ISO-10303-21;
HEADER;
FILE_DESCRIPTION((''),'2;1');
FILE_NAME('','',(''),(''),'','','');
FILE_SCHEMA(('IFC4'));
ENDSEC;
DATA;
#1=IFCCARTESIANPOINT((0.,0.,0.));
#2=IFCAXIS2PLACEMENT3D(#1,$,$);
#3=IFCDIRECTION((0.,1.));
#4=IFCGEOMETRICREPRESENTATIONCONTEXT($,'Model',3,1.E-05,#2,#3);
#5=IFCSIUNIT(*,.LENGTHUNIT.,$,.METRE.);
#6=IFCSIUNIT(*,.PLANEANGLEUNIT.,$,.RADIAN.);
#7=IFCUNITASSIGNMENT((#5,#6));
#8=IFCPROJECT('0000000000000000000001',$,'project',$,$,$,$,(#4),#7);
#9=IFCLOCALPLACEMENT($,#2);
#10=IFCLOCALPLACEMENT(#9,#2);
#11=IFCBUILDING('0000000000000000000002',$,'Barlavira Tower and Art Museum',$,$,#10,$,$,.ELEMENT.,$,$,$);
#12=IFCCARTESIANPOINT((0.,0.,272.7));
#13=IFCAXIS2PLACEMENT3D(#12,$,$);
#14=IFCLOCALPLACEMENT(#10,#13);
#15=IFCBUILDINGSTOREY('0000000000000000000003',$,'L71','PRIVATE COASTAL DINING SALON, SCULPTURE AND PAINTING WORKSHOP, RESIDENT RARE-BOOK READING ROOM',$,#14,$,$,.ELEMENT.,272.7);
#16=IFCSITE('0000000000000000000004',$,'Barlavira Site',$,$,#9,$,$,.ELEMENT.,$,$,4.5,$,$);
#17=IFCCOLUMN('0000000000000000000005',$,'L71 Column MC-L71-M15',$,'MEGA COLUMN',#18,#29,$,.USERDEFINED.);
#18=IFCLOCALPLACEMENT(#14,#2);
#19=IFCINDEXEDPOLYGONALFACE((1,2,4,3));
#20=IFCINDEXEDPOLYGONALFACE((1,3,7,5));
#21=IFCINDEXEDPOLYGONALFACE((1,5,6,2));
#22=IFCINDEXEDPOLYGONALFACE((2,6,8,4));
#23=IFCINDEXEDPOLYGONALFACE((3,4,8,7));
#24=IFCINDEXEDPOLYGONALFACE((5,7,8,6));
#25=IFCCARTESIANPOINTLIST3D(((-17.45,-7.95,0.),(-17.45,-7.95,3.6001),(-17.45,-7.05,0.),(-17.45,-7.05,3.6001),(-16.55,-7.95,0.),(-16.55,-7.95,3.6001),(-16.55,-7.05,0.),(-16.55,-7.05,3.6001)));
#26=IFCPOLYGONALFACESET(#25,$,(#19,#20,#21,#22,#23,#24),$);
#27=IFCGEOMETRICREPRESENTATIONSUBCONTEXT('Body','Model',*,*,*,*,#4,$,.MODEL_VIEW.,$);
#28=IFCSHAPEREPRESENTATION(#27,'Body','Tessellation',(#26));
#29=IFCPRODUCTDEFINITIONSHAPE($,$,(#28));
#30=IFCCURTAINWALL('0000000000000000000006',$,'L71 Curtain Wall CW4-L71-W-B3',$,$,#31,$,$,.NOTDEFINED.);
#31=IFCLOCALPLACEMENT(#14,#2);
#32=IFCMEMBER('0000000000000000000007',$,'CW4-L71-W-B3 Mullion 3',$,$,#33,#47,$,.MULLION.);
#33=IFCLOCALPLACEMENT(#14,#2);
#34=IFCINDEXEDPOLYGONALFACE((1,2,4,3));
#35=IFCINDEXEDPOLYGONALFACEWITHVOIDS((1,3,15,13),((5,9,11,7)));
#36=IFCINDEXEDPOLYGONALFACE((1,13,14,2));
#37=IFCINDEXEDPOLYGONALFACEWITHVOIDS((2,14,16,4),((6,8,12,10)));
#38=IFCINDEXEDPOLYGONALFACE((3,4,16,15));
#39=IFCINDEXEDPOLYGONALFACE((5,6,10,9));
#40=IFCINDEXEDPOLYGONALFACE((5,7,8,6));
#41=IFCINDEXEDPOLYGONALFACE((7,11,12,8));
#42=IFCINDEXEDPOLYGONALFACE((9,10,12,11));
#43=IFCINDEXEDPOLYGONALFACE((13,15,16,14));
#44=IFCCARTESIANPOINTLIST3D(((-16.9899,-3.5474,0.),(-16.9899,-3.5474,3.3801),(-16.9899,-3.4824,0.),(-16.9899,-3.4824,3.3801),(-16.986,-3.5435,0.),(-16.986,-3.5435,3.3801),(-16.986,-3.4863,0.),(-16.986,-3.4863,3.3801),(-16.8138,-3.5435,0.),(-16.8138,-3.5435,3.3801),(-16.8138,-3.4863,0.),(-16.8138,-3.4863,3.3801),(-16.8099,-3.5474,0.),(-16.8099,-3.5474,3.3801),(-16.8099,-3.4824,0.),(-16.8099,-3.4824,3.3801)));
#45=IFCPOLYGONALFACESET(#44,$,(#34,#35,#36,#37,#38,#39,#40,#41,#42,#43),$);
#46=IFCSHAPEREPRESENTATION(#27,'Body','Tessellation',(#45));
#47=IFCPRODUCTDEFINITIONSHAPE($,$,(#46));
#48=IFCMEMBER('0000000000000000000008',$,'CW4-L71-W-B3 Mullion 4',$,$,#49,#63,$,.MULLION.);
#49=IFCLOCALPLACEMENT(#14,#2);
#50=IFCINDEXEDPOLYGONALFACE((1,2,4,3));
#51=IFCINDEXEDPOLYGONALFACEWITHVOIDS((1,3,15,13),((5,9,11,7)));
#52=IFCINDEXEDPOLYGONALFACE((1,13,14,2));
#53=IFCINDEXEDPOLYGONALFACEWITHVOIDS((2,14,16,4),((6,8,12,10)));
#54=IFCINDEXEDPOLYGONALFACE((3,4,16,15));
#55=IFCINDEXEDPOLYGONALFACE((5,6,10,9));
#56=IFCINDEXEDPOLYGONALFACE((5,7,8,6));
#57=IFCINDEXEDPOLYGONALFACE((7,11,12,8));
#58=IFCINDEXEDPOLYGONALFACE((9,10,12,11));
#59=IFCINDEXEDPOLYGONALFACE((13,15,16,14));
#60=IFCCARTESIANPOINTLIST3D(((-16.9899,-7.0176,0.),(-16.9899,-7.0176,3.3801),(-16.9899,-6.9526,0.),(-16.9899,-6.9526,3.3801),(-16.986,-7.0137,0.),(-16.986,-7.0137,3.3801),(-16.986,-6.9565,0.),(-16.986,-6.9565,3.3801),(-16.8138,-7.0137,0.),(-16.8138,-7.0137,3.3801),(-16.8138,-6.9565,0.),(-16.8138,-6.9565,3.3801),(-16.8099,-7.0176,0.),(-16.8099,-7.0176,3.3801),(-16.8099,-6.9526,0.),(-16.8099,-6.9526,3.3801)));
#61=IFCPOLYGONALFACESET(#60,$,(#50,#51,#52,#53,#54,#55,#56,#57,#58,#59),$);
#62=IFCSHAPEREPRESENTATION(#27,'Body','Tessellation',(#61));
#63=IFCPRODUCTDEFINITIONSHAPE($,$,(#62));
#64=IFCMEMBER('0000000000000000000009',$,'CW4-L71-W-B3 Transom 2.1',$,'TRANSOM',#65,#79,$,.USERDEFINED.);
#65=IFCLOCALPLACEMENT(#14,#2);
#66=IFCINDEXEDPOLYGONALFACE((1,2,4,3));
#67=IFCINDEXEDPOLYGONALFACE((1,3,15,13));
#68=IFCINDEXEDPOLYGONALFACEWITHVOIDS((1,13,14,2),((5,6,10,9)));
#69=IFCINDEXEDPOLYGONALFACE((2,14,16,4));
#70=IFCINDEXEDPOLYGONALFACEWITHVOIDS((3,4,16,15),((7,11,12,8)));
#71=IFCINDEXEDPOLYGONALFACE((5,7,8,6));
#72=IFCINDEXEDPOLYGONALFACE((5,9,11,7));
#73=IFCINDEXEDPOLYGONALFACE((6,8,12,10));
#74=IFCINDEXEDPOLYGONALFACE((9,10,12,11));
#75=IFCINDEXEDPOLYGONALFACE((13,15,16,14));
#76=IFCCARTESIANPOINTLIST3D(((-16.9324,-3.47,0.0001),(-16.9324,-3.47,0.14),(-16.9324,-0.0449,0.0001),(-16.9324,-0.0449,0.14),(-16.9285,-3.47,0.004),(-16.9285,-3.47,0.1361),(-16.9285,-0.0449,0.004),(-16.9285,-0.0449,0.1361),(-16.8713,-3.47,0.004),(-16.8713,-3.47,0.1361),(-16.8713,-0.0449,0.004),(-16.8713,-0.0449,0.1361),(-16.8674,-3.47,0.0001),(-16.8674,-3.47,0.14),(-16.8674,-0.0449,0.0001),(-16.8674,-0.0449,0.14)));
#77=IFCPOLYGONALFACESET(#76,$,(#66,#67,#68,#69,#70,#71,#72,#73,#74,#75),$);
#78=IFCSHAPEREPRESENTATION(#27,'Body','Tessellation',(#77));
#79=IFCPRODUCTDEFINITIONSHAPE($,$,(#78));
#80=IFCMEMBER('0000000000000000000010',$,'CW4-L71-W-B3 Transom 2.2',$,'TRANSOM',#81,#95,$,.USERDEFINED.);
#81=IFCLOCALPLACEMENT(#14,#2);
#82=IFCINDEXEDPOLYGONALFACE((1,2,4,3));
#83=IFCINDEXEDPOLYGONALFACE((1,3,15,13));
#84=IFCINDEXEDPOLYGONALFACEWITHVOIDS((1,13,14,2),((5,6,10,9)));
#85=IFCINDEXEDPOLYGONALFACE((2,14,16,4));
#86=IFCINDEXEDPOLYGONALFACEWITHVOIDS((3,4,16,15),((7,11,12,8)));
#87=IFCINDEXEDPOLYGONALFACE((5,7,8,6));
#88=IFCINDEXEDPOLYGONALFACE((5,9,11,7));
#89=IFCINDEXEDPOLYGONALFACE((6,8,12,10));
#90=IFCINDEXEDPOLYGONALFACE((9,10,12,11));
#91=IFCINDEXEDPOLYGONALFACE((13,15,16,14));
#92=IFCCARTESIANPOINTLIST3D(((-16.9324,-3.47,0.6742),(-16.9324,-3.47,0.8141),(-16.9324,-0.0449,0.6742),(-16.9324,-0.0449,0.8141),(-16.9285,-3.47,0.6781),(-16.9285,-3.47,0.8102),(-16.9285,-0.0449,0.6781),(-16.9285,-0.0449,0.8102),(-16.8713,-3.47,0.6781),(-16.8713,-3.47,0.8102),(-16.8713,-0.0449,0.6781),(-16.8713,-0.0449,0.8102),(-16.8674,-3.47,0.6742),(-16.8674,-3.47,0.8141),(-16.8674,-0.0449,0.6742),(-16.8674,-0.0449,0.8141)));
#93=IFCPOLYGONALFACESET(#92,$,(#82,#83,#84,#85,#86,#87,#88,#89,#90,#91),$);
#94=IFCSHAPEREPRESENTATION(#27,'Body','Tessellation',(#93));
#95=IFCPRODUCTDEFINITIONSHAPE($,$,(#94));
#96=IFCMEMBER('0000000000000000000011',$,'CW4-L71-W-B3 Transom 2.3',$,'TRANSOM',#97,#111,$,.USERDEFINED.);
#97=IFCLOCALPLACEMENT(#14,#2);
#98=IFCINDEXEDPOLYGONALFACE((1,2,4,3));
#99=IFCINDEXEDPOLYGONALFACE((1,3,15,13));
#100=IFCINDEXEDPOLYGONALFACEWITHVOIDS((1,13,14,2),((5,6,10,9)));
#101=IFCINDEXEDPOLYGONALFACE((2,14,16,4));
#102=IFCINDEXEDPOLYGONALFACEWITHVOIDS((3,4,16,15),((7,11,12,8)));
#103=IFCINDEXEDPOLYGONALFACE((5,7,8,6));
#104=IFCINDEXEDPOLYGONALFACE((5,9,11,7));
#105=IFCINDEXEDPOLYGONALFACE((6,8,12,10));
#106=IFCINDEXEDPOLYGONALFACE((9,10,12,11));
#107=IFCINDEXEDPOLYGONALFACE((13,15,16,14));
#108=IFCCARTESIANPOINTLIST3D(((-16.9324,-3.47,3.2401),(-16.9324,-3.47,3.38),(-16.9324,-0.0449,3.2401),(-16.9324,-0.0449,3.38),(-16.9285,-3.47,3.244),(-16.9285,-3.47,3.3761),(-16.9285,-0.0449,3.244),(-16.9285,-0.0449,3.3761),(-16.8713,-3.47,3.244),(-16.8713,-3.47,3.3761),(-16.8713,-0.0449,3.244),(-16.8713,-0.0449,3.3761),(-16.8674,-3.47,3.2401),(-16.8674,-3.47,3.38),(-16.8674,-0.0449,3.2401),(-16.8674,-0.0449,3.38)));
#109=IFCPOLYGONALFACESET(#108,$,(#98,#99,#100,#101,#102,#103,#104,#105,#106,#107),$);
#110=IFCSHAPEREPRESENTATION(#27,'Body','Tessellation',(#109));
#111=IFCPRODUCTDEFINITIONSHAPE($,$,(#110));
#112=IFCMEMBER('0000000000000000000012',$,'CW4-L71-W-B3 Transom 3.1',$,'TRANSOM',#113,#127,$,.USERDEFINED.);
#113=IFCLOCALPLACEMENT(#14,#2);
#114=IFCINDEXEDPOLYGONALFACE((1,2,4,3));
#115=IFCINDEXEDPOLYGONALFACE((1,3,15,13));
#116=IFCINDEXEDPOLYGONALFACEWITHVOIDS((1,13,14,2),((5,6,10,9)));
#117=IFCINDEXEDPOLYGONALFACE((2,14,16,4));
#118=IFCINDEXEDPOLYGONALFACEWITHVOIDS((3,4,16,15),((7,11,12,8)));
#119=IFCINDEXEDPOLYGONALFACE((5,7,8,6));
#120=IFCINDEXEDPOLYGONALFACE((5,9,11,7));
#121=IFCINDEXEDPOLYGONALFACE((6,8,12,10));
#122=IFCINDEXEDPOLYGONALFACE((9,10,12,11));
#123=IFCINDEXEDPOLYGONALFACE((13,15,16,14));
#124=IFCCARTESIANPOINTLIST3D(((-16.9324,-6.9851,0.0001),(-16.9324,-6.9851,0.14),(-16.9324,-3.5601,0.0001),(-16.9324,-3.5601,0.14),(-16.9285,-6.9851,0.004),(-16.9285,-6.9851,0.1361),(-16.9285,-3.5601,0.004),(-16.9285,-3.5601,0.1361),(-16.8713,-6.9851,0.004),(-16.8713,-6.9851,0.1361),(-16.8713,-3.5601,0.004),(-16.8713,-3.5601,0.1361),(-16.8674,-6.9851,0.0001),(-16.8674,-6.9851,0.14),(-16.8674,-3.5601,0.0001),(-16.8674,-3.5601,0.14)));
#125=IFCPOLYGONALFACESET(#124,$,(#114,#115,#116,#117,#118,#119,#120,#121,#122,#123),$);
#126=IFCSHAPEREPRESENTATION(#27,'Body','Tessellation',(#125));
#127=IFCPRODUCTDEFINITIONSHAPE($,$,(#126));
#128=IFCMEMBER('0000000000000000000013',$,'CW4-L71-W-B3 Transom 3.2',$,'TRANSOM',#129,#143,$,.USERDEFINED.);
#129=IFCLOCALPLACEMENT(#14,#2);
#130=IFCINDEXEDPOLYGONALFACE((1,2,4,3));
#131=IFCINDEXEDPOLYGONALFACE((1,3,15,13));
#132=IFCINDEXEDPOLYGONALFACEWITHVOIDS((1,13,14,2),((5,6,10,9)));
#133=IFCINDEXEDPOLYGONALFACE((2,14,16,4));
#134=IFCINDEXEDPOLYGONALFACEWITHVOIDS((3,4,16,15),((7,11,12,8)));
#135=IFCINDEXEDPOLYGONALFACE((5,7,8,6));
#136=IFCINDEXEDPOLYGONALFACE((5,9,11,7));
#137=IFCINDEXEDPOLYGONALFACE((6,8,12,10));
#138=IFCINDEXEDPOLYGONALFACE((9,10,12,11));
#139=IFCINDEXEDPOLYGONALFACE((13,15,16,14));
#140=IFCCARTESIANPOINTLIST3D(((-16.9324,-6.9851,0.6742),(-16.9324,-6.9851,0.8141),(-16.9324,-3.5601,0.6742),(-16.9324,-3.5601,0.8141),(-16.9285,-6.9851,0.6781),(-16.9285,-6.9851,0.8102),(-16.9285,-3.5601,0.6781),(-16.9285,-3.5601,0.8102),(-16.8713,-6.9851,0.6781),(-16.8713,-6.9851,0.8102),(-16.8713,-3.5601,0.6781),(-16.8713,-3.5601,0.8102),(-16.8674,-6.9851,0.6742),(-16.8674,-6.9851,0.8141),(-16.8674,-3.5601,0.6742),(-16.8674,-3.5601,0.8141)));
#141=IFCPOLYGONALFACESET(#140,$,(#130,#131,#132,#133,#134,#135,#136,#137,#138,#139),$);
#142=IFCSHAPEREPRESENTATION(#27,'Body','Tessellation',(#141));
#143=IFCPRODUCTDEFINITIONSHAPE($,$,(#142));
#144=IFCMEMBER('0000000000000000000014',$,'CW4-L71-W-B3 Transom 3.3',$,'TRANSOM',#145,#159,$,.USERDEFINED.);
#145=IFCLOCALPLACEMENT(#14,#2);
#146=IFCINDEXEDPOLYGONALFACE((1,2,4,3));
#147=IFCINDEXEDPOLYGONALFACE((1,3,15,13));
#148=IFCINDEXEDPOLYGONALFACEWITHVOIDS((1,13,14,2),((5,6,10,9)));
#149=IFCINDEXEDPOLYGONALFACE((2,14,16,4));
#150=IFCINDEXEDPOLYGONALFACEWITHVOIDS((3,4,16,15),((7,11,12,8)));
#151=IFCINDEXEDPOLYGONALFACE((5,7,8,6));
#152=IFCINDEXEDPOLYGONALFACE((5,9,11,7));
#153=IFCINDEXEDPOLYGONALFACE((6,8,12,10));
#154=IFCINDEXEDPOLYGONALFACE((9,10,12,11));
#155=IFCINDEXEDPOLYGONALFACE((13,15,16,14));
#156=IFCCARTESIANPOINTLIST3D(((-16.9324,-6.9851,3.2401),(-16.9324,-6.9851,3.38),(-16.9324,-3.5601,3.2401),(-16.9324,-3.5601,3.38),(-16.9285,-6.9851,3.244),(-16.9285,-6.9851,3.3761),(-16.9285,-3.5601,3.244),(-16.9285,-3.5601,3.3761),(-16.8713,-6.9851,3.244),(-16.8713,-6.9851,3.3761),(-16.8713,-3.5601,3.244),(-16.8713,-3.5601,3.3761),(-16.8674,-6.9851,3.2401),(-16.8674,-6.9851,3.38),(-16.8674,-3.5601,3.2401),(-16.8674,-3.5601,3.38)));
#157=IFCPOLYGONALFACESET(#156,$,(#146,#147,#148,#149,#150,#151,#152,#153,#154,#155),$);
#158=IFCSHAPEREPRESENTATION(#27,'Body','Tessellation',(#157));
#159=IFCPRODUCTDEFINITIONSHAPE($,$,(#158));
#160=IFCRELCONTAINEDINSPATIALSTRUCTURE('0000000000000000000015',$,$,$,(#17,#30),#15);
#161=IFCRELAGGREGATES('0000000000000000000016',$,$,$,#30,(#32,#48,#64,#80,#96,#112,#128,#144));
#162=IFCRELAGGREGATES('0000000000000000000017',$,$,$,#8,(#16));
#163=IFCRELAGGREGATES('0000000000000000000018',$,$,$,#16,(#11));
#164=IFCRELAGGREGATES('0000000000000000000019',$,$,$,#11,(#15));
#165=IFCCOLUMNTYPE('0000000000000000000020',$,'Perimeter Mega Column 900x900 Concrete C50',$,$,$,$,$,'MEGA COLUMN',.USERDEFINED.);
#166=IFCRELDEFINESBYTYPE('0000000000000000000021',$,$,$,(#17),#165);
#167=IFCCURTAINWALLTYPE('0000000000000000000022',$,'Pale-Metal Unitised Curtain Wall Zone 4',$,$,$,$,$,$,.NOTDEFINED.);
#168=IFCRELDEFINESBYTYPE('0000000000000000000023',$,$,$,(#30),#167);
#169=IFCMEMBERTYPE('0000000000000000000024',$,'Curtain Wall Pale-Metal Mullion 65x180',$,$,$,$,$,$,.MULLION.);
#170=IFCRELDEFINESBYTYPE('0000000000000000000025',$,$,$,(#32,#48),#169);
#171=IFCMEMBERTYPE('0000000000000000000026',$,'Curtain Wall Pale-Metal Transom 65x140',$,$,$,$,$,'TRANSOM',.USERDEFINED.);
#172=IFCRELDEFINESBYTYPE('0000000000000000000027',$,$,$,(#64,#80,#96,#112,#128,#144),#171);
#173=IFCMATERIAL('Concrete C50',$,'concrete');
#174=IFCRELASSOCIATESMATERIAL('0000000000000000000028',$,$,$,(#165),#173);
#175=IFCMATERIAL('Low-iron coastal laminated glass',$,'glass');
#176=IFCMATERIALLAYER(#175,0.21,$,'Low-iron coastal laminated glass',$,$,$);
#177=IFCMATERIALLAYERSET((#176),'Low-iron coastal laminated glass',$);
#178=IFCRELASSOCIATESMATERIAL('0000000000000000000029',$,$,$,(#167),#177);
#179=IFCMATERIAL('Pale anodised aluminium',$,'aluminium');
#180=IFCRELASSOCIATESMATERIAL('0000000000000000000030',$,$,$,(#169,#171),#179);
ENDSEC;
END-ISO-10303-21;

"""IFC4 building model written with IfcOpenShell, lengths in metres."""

from ifc_helpers import new_model, si_unit, direction, frame, origin, origin_2d, place, context, subcontext, project, spatial, rectangle, hollow_rectangle, extrude, material, layer, layer_set, material_profile, profile_set, type_object, element, aggregate, save


model = new_model("IFC4")

# Units and contexts
model_context = context("Model", 3, precision=1e-05, world=origin(), true_north=direction((0.0, 1.0)))
body_context = subcontext(model_context, "Body", "Model", "MODEL_VIEW")
ifc_project = project(units=[si_unit("LENGTHUNIT", "METRE"), si_unit("PLANEANGLEUNIT", "RADIAN")], contexts=[model_context])

# Site, building, storey
site_placement = place(None, origin())
site = spatial("IfcSite", under=ifc_project, at=site_placement, Name="Barlavira Site", CompositionType="ELEMENT", RefElevation=4.5)
building_placement = place(site_placement, origin())
building = spatial("IfcBuilding", under=site, at=building_placement, Name="Barlavira Tower and Art Museum", CompositionType="ELEMENT")
storey_placement = place(building_placement, frame((0.0, 0.0, 272.7)))
storey = spatial("IfcBuildingStorey", under=building, at=storey_placement, Name="L71", Description="PRIVATE COASTAL DINING SALON, SCULPTURE AND PAINTING WORKSHOP, RESIDENT RARE-BOOK READING ROOM", CompositionType="ELEMENT", Elevation=272.7)

# Column
ifc_material_1 = material(Name="Concrete C50", Category="concrete")
ifc_material_profile_1 = material_profile(ifc_material_1, rectangle(XDim=0.8999, YDim=0.8999, at=origin_2d()), Name="RC-COL 900x900")
ifc_profile_set_1 = profile_set([ifc_material_profile_1], Name="Concrete C50")
column_type = type_object("IfcColumnType", Name="Perimeter Mega Column 900x900 Concrete C50", ElementType="MEGA COLUMN", PredefinedType="USERDEFINED", material=ifc_profile_set_1)
column_placement = place(storey_placement, frame((-17.0, -7.5, 0.0), z_axis=(0.0, 0.0, 1.0), x_axis=(1.0, 0.0, 0.0)))
element("IfcColumn", 1, at=column_placement, inside=storey, type_object=column_type, Name="L71 Column MC-L71-M15", ObjectType="MEGA COLUMN", PredefinedType="USERDEFINED", context=body_context, shape_type="SweptSolid", body=[
    extrude(rectangle(XDim=0.8999, YDim=0.8999, at=origin_2d()), origin(), (0.0, 0.0, 1.0), 3.6001),
])

# Curtain wall, members
ifc_material_2 = material(Name="Low-iron coastal laminated glass", Category="glass")
ifc_layer_1 = layer(ifc_material_2, 0.21, Name="Low-iron coastal laminated glass")
ifc_layer_set_1 = layer_set([ifc_layer_1], Name="Low-iron coastal laminated glass")
curtain_wall_type = type_object("IfcCurtainWallType", Name="Pale-Metal Unitised Curtain Wall Zone 4", PredefinedType="NOTDEFINED", material=ifc_layer_set_1)
curtain_wall_placement = place(storey_placement, origin())
curtain_wall = element("IfcCurtainWall", 2, at=curtain_wall_placement, inside=storey, type_object=curtain_wall_type, Name="L71 Curtain Wall CW4-L71-W-B3", PredefinedType="NOTDEFINED")
ifc_material_3 = material(Name="Pale anodised aluminium", Category="aluminium")
ifc_material_profile_2 = material_profile(ifc_material_3, hollow_rectangle(XDim=0.0649, YDim=0.1799, WallThickness=0.0039, at=origin_2d()), Name="ALU-MULL 65x180x4")
ifc_profile_set_2 = profile_set([ifc_material_profile_2], Name="Pale anodised aluminium")
member_type_1 = type_object("IfcMemberType", Name="Curtain Wall Pale-Metal Mullion 65x180", PredefinedType="MULLION", material=ifc_profile_set_2)
member_1_placement = place(storey_placement, frame((-16.8999, -3.5149, 0.0), z_axis=(0.0, 0.0, 1.0), x_axis=(0.0, -1.0, 0.0)))
member_1 = element("IfcMember", 3, at=member_1_placement, type_object=member_type_1, Name="CW4-L71-W-B3 Mullion 3", PredefinedType="MULLION", context=body_context, shape_type="SweptSolid", body=[
    extrude(hollow_rectangle(XDim=0.0649, YDim=0.1799, WallThickness=0.0039, at=origin_2d()), origin(), (0.0, 0.0, 1.0), 3.3801),
])
member_2_placement = place(storey_placement, frame((-16.8999, -6.9851, 0.0), z_axis=(0.0, 0.0, 1.0), x_axis=(0.0, -1.0, 0.0)))
member_2 = element("IfcMember", 4, at=member_2_placement, type_object=member_type_1, Name="CW4-L71-W-B3 Mullion 4", PredefinedType="MULLION", context=body_context, shape_type="SweptSolid", body=[
    extrude(hollow_rectangle(XDim=0.0649, YDim=0.1799, WallThickness=0.0039, at=origin_2d()), origin(), (0.0, 0.0, 1.0), 3.3801),
])
ifc_material_profile_3 = material_profile(ifc_material_3, hollow_rectangle(XDim=0.0649, YDim=0.1399, WallThickness=0.0039, at=origin_2d()), Name="ALU-TRAN 65x140x4")
ifc_profile_set_3 = profile_set([ifc_material_profile_3], Name="Pale anodised aluminium")
member_type_2 = type_object("IfcMemberType", Name="Curtain Wall Pale-Metal Transom 65x140", ElementType="TRANSOM", PredefinedType="USERDEFINED", material=ifc_profile_set_3)
member_3_placement = place(storey_placement, frame((-16.8999, -0.0449, 0.0701), z_axis=(0.0, -1.0, 0.0), x_axis=(1.0, 0.0, 0.0)))
member_3 = element("IfcMember", 5, at=member_3_placement, type_object=member_type_2, Name="CW4-L71-W-B3 Transom 2.1", ObjectType="TRANSOM", PredefinedType="USERDEFINED", context=body_context, shape_type="SweptSolid", body=[
    extrude(hollow_rectangle(XDim=0.0649, YDim=0.1399, WallThickness=0.0039, at=origin_2d()), origin(), (0.0, 0.0, 1.0), 3.425),
])
member_4_placement = place(storey_placement, frame((-16.8999, -0.0449, 0.7441), z_axis=(0.0, -1.0, 0.0), x_axis=(1.0, 0.0, 0.0)))
member_4 = element("IfcMember", 6, at=member_4_placement, type_object=member_type_2, Name="CW4-L71-W-B3 Transom 2.2", ObjectType="TRANSOM", PredefinedType="USERDEFINED", context=body_context, shape_type="SweptSolid", body=[
    extrude(hollow_rectangle(XDim=0.0649, YDim=0.1399, WallThickness=0.0039, at=origin_2d()), origin(), (0.0, 0.0, 1.0), 3.425),
])
member_5_placement = place(storey_placement, frame((-16.8999, -0.0449, 3.3101), z_axis=(0.0, -1.0, 0.0), x_axis=(1.0, 0.0, 0.0)))
member_5 = element("IfcMember", 7, at=member_5_placement, type_object=member_type_2, Name="CW4-L71-W-B3 Transom 2.3", ObjectType="TRANSOM", PredefinedType="USERDEFINED", context=body_context, shape_type="SweptSolid", body=[
    extrude(hollow_rectangle(XDim=0.0649, YDim=0.1399, WallThickness=0.0039, at=origin_2d()), origin(), (0.0, 0.0, 1.0), 3.425),
])
member_6_placement = place(storey_placement, frame((-16.8999, -3.5601, 0.0701), z_axis=(0.0, -1.0, 0.0), x_axis=(1.0, 0.0, 0.0)))
member_6 = element("IfcMember", 8, at=member_6_placement, type_object=member_type_2, Name="CW4-L71-W-B3 Transom 3.1", ObjectType="TRANSOM", PredefinedType="USERDEFINED", context=body_context, shape_type="SweptSolid", body=[
    extrude(hollow_rectangle(XDim=0.0649, YDim=0.1399, WallThickness=0.0039, at=origin_2d()), origin(), (0.0, 0.0, 1.0), 3.425),
])
member_7_placement = place(storey_placement, frame((-16.8999, -3.5601, 0.7441), z_axis=(0.0, -1.0, 0.0), x_axis=(1.0, 0.0, 0.0)))
member_7 = element("IfcMember", 9, at=member_7_placement, type_object=member_type_2, Name="CW4-L71-W-B3 Transom 3.2", ObjectType="TRANSOM", PredefinedType="USERDEFINED", context=body_context, shape_type="SweptSolid", body=[
    extrude(hollow_rectangle(XDim=0.0649, YDim=0.1399, WallThickness=0.0039, at=origin_2d()), origin(), (0.0, 0.0, 1.0), 3.425),
])
member_8_placement = place(storey_placement, frame((-16.8999, -3.5601, 3.3101), z_axis=(0.0, -1.0, 0.0), x_axis=(1.0, 0.0, 0.0)))
member_8 = element("IfcMember", 10, at=member_8_placement, type_object=member_type_2, Name="CW4-L71-W-B3 Transom 3.3", ObjectType="TRANSOM", PredefinedType="USERDEFINED", context=body_context, shape_type="SweptSolid", body=[
    extrude(hollow_rectangle(XDim=0.0649, YDim=0.1399, WallThickness=0.0039, at=origin_2d()), origin(), (0.0, 0.0, 1.0), 3.425),
])

aggregate(curtain_wall, [member_1, member_2, member_3, member_4, member_5, member_6, member_7, member_8])

save(model, "model.ifc")
